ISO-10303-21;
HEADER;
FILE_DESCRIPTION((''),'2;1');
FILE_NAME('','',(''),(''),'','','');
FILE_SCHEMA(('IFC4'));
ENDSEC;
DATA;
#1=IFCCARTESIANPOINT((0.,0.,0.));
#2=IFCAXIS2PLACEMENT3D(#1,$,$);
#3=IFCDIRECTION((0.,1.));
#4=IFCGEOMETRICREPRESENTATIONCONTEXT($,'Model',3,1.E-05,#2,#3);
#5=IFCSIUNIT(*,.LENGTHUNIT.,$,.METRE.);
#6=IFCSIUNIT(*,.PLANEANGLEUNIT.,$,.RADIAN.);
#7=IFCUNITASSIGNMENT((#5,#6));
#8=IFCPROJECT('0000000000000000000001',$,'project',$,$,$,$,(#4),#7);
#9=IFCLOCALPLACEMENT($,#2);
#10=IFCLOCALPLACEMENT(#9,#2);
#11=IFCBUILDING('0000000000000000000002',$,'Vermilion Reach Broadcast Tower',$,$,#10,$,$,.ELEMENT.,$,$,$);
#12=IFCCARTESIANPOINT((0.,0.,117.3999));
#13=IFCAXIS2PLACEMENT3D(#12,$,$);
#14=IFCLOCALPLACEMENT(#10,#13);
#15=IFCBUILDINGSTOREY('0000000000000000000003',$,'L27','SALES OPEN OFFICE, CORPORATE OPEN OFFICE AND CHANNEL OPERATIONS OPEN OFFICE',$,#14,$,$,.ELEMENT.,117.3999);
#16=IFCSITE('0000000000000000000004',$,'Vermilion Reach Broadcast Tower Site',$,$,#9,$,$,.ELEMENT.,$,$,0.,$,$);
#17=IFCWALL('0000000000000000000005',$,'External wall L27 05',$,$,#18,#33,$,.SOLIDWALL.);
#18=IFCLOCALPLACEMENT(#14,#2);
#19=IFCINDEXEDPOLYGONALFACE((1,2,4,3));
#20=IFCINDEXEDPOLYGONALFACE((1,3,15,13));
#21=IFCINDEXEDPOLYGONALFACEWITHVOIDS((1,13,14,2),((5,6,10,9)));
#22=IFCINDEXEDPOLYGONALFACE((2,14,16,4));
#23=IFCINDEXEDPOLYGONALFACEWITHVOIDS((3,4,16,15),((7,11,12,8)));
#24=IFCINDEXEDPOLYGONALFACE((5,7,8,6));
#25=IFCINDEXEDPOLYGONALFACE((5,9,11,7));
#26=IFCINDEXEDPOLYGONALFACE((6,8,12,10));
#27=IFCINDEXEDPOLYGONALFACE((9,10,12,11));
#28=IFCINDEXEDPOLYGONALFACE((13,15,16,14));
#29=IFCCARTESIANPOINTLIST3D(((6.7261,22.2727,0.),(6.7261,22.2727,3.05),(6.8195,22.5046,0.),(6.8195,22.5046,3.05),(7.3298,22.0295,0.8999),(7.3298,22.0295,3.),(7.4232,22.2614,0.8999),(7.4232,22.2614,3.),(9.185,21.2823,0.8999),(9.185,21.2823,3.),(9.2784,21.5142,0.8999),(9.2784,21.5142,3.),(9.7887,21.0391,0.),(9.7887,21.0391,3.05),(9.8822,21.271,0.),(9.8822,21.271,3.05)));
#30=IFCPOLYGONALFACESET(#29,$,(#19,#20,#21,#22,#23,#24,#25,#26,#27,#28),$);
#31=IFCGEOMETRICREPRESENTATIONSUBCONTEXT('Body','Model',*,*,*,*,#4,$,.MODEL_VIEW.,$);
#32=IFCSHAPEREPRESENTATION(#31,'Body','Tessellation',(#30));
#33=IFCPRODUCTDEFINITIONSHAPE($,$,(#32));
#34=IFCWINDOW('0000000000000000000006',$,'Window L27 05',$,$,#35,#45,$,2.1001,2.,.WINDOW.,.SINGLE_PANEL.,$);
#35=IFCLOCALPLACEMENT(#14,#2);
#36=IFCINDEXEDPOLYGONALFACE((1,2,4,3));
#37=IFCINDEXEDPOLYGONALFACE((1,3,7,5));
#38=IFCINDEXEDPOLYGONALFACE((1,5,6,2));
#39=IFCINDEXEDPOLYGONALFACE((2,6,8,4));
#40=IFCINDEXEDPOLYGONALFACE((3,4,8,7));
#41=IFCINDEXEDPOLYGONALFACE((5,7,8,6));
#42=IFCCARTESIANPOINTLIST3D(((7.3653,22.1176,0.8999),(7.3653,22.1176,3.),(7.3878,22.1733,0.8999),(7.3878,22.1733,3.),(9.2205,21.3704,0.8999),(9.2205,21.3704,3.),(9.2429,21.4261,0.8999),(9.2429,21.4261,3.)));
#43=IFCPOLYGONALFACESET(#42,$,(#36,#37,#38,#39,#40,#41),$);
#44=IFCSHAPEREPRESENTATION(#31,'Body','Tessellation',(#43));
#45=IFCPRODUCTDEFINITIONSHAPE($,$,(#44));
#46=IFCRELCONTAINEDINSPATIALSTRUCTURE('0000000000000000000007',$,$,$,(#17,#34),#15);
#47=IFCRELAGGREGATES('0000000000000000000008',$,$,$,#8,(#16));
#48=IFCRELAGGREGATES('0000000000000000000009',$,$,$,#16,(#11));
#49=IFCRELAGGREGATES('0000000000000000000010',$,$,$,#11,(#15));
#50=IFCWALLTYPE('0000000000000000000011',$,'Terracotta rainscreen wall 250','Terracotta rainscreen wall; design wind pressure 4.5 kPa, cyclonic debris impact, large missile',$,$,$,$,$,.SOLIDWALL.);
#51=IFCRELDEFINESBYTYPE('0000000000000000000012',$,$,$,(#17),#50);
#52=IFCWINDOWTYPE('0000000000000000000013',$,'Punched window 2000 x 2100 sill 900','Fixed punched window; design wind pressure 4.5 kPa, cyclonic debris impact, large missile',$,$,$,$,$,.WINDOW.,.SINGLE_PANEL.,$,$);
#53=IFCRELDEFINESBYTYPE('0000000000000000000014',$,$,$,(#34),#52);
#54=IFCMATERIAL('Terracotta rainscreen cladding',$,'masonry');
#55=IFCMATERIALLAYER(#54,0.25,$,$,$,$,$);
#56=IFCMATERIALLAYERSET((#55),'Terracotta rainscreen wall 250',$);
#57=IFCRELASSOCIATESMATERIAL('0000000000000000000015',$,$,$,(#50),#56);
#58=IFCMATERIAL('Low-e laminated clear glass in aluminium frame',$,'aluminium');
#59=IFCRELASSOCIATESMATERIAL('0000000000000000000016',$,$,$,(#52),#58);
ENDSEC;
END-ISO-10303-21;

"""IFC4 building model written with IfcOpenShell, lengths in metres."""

from ifc_helpers import new_model, si_unit, direction, frame, frame_2d, origin, place, context, subcontext, project, spatial, rectangle, extrude, material, layer, layer_set, type_object, element, fill, save


model = new_model("IFC4")

# Units and contexts
model_context = context("Model", 3, precision=1e-05, world=origin(), true_north=direction((0.0, 1.0)))
body_context = subcontext(model_context, "Body", "Model", "MODEL_VIEW")
ifc_project = project(units=[si_unit("LENGTHUNIT", "METRE"), si_unit("PLANEANGLEUNIT", "RADIAN")], contexts=[model_context])

# Site, building, storey
site_placement = place(None, origin())
site = spatial("IfcSite", under=ifc_project, at=site_placement, Name="Vermilion Reach Broadcast Tower Site", CompositionType="ELEMENT", RefElevation=0.0)
building_placement = place(site_placement, origin())
building = spatial("IfcBuilding", under=site, at=building_placement, Name="Vermilion Reach Broadcast Tower", CompositionType="ELEMENT")
storey_placement = place(building_placement, frame((0.0, 0.0, 117.3999)))
storey = spatial("IfcBuildingStorey", under=building, at=storey_placement, Name="L27", Description="SALES OPEN OFFICE, CORPORATE OPEN OFFICE AND CHANNEL OPERATIONS OPEN OFFICE", CompositionType="ELEMENT", Elevation=117.3999)

# Shared definitions
ifc_material_1 = material(Name="Terracotta rainscreen cladding", Category="masonry")
ifc_layer_1 = layer(ifc_material_1, 0.25)
ifc_layer_set_1 = layer_set([ifc_layer_1], Name="Terracotta rainscreen wall 250")
wall_type_1 = type_object("IfcWallType", Name="Terracotta rainscreen wall 250", Description="Terracotta rainscreen wall; design wind pressure 4.5 kPa, cyclonic debris impact, large missile", PredefinedType="SOLIDWALL", material=ifc_layer_set_1)

# Wall, opening, window
ifc_material_2 = material(Name="Low-e laminated clear glass in aluminium frame", Category="aluminium")
window_type = type_object("IfcWindowType", Name="Punched window 2000 x 2100 sill 900", Description="Fixed punched window; design wind pressure 4.5 kPa, cyclonic debris impact, large missile", PartitioningType="SINGLE_PANEL", PredefinedType="WINDOW", material=ifc_material_2)
wall_1_placement = place(storey_placement, frame((9.8354, 21.155, 0.0), z_axis=(0.0, 0.0, 1.0), x_axis=(-0.927582, 0.373621, 0.0)))
wall_1 = element("IfcWall", 1, at=wall_1_placement, inside=storey, type_object=wall_type_1, Name="External wall L27 05", PredefinedType="SOLIDWALL", context=body_context, shape_type="SweptSolid", body=[
    extrude(rectangle(XDim=3.3018, YDim=0.25, at=frame_2d((1.6509, 0.0))), origin(), (0.0, 0.0, 1.0), 3.05),
])
opening_1_placement = place(wall_1_placement, frame((0.6509, 0.0, 0.8999)))
opening_1 = element("IfcOpeningElement", 2, at=opening_1_placement, cuts=wall_1, PredefinedType="OPENING", context=body_context, shape_type="SweptSolid", body=[
    extrude(rectangle(XDim=2.0, YDim=2.1001, at=frame_2d((1.0, 1.05))), frame((0.0, 0.135, 0.0), z_axis=(0.0, -1.0, 0.0), x_axis=(1.0, 0.0, 0.0)), (0.0, 0.0, 1.0), 0.27),
])
window_1_placement = place(opening_1_placement, origin())
window_1 = element("IfcWindow", 3, at=window_1_placement, inside=storey, type_object=window_type, Name="Window L27 05", OverallHeight=2.1001, OverallWidth=2.0, PartitioningType="SINGLE_PANEL", PredefinedType="WINDOW", context=body_context, shape_type="SweptSolid", body=[
    extrude(rectangle(XDim=2.0, YDim=2.1001, at=frame_2d((1.0, 1.05))), frame((0.0, 0.03, 0.0), z_axis=(0.0, -1.0, 0.0), x_axis=(1.0, 0.0, 0.0)), (0.0, 0.0, 1.0), 0.0601),
])
fill(opening_1, window_1)

save(model, "model.ifc")
